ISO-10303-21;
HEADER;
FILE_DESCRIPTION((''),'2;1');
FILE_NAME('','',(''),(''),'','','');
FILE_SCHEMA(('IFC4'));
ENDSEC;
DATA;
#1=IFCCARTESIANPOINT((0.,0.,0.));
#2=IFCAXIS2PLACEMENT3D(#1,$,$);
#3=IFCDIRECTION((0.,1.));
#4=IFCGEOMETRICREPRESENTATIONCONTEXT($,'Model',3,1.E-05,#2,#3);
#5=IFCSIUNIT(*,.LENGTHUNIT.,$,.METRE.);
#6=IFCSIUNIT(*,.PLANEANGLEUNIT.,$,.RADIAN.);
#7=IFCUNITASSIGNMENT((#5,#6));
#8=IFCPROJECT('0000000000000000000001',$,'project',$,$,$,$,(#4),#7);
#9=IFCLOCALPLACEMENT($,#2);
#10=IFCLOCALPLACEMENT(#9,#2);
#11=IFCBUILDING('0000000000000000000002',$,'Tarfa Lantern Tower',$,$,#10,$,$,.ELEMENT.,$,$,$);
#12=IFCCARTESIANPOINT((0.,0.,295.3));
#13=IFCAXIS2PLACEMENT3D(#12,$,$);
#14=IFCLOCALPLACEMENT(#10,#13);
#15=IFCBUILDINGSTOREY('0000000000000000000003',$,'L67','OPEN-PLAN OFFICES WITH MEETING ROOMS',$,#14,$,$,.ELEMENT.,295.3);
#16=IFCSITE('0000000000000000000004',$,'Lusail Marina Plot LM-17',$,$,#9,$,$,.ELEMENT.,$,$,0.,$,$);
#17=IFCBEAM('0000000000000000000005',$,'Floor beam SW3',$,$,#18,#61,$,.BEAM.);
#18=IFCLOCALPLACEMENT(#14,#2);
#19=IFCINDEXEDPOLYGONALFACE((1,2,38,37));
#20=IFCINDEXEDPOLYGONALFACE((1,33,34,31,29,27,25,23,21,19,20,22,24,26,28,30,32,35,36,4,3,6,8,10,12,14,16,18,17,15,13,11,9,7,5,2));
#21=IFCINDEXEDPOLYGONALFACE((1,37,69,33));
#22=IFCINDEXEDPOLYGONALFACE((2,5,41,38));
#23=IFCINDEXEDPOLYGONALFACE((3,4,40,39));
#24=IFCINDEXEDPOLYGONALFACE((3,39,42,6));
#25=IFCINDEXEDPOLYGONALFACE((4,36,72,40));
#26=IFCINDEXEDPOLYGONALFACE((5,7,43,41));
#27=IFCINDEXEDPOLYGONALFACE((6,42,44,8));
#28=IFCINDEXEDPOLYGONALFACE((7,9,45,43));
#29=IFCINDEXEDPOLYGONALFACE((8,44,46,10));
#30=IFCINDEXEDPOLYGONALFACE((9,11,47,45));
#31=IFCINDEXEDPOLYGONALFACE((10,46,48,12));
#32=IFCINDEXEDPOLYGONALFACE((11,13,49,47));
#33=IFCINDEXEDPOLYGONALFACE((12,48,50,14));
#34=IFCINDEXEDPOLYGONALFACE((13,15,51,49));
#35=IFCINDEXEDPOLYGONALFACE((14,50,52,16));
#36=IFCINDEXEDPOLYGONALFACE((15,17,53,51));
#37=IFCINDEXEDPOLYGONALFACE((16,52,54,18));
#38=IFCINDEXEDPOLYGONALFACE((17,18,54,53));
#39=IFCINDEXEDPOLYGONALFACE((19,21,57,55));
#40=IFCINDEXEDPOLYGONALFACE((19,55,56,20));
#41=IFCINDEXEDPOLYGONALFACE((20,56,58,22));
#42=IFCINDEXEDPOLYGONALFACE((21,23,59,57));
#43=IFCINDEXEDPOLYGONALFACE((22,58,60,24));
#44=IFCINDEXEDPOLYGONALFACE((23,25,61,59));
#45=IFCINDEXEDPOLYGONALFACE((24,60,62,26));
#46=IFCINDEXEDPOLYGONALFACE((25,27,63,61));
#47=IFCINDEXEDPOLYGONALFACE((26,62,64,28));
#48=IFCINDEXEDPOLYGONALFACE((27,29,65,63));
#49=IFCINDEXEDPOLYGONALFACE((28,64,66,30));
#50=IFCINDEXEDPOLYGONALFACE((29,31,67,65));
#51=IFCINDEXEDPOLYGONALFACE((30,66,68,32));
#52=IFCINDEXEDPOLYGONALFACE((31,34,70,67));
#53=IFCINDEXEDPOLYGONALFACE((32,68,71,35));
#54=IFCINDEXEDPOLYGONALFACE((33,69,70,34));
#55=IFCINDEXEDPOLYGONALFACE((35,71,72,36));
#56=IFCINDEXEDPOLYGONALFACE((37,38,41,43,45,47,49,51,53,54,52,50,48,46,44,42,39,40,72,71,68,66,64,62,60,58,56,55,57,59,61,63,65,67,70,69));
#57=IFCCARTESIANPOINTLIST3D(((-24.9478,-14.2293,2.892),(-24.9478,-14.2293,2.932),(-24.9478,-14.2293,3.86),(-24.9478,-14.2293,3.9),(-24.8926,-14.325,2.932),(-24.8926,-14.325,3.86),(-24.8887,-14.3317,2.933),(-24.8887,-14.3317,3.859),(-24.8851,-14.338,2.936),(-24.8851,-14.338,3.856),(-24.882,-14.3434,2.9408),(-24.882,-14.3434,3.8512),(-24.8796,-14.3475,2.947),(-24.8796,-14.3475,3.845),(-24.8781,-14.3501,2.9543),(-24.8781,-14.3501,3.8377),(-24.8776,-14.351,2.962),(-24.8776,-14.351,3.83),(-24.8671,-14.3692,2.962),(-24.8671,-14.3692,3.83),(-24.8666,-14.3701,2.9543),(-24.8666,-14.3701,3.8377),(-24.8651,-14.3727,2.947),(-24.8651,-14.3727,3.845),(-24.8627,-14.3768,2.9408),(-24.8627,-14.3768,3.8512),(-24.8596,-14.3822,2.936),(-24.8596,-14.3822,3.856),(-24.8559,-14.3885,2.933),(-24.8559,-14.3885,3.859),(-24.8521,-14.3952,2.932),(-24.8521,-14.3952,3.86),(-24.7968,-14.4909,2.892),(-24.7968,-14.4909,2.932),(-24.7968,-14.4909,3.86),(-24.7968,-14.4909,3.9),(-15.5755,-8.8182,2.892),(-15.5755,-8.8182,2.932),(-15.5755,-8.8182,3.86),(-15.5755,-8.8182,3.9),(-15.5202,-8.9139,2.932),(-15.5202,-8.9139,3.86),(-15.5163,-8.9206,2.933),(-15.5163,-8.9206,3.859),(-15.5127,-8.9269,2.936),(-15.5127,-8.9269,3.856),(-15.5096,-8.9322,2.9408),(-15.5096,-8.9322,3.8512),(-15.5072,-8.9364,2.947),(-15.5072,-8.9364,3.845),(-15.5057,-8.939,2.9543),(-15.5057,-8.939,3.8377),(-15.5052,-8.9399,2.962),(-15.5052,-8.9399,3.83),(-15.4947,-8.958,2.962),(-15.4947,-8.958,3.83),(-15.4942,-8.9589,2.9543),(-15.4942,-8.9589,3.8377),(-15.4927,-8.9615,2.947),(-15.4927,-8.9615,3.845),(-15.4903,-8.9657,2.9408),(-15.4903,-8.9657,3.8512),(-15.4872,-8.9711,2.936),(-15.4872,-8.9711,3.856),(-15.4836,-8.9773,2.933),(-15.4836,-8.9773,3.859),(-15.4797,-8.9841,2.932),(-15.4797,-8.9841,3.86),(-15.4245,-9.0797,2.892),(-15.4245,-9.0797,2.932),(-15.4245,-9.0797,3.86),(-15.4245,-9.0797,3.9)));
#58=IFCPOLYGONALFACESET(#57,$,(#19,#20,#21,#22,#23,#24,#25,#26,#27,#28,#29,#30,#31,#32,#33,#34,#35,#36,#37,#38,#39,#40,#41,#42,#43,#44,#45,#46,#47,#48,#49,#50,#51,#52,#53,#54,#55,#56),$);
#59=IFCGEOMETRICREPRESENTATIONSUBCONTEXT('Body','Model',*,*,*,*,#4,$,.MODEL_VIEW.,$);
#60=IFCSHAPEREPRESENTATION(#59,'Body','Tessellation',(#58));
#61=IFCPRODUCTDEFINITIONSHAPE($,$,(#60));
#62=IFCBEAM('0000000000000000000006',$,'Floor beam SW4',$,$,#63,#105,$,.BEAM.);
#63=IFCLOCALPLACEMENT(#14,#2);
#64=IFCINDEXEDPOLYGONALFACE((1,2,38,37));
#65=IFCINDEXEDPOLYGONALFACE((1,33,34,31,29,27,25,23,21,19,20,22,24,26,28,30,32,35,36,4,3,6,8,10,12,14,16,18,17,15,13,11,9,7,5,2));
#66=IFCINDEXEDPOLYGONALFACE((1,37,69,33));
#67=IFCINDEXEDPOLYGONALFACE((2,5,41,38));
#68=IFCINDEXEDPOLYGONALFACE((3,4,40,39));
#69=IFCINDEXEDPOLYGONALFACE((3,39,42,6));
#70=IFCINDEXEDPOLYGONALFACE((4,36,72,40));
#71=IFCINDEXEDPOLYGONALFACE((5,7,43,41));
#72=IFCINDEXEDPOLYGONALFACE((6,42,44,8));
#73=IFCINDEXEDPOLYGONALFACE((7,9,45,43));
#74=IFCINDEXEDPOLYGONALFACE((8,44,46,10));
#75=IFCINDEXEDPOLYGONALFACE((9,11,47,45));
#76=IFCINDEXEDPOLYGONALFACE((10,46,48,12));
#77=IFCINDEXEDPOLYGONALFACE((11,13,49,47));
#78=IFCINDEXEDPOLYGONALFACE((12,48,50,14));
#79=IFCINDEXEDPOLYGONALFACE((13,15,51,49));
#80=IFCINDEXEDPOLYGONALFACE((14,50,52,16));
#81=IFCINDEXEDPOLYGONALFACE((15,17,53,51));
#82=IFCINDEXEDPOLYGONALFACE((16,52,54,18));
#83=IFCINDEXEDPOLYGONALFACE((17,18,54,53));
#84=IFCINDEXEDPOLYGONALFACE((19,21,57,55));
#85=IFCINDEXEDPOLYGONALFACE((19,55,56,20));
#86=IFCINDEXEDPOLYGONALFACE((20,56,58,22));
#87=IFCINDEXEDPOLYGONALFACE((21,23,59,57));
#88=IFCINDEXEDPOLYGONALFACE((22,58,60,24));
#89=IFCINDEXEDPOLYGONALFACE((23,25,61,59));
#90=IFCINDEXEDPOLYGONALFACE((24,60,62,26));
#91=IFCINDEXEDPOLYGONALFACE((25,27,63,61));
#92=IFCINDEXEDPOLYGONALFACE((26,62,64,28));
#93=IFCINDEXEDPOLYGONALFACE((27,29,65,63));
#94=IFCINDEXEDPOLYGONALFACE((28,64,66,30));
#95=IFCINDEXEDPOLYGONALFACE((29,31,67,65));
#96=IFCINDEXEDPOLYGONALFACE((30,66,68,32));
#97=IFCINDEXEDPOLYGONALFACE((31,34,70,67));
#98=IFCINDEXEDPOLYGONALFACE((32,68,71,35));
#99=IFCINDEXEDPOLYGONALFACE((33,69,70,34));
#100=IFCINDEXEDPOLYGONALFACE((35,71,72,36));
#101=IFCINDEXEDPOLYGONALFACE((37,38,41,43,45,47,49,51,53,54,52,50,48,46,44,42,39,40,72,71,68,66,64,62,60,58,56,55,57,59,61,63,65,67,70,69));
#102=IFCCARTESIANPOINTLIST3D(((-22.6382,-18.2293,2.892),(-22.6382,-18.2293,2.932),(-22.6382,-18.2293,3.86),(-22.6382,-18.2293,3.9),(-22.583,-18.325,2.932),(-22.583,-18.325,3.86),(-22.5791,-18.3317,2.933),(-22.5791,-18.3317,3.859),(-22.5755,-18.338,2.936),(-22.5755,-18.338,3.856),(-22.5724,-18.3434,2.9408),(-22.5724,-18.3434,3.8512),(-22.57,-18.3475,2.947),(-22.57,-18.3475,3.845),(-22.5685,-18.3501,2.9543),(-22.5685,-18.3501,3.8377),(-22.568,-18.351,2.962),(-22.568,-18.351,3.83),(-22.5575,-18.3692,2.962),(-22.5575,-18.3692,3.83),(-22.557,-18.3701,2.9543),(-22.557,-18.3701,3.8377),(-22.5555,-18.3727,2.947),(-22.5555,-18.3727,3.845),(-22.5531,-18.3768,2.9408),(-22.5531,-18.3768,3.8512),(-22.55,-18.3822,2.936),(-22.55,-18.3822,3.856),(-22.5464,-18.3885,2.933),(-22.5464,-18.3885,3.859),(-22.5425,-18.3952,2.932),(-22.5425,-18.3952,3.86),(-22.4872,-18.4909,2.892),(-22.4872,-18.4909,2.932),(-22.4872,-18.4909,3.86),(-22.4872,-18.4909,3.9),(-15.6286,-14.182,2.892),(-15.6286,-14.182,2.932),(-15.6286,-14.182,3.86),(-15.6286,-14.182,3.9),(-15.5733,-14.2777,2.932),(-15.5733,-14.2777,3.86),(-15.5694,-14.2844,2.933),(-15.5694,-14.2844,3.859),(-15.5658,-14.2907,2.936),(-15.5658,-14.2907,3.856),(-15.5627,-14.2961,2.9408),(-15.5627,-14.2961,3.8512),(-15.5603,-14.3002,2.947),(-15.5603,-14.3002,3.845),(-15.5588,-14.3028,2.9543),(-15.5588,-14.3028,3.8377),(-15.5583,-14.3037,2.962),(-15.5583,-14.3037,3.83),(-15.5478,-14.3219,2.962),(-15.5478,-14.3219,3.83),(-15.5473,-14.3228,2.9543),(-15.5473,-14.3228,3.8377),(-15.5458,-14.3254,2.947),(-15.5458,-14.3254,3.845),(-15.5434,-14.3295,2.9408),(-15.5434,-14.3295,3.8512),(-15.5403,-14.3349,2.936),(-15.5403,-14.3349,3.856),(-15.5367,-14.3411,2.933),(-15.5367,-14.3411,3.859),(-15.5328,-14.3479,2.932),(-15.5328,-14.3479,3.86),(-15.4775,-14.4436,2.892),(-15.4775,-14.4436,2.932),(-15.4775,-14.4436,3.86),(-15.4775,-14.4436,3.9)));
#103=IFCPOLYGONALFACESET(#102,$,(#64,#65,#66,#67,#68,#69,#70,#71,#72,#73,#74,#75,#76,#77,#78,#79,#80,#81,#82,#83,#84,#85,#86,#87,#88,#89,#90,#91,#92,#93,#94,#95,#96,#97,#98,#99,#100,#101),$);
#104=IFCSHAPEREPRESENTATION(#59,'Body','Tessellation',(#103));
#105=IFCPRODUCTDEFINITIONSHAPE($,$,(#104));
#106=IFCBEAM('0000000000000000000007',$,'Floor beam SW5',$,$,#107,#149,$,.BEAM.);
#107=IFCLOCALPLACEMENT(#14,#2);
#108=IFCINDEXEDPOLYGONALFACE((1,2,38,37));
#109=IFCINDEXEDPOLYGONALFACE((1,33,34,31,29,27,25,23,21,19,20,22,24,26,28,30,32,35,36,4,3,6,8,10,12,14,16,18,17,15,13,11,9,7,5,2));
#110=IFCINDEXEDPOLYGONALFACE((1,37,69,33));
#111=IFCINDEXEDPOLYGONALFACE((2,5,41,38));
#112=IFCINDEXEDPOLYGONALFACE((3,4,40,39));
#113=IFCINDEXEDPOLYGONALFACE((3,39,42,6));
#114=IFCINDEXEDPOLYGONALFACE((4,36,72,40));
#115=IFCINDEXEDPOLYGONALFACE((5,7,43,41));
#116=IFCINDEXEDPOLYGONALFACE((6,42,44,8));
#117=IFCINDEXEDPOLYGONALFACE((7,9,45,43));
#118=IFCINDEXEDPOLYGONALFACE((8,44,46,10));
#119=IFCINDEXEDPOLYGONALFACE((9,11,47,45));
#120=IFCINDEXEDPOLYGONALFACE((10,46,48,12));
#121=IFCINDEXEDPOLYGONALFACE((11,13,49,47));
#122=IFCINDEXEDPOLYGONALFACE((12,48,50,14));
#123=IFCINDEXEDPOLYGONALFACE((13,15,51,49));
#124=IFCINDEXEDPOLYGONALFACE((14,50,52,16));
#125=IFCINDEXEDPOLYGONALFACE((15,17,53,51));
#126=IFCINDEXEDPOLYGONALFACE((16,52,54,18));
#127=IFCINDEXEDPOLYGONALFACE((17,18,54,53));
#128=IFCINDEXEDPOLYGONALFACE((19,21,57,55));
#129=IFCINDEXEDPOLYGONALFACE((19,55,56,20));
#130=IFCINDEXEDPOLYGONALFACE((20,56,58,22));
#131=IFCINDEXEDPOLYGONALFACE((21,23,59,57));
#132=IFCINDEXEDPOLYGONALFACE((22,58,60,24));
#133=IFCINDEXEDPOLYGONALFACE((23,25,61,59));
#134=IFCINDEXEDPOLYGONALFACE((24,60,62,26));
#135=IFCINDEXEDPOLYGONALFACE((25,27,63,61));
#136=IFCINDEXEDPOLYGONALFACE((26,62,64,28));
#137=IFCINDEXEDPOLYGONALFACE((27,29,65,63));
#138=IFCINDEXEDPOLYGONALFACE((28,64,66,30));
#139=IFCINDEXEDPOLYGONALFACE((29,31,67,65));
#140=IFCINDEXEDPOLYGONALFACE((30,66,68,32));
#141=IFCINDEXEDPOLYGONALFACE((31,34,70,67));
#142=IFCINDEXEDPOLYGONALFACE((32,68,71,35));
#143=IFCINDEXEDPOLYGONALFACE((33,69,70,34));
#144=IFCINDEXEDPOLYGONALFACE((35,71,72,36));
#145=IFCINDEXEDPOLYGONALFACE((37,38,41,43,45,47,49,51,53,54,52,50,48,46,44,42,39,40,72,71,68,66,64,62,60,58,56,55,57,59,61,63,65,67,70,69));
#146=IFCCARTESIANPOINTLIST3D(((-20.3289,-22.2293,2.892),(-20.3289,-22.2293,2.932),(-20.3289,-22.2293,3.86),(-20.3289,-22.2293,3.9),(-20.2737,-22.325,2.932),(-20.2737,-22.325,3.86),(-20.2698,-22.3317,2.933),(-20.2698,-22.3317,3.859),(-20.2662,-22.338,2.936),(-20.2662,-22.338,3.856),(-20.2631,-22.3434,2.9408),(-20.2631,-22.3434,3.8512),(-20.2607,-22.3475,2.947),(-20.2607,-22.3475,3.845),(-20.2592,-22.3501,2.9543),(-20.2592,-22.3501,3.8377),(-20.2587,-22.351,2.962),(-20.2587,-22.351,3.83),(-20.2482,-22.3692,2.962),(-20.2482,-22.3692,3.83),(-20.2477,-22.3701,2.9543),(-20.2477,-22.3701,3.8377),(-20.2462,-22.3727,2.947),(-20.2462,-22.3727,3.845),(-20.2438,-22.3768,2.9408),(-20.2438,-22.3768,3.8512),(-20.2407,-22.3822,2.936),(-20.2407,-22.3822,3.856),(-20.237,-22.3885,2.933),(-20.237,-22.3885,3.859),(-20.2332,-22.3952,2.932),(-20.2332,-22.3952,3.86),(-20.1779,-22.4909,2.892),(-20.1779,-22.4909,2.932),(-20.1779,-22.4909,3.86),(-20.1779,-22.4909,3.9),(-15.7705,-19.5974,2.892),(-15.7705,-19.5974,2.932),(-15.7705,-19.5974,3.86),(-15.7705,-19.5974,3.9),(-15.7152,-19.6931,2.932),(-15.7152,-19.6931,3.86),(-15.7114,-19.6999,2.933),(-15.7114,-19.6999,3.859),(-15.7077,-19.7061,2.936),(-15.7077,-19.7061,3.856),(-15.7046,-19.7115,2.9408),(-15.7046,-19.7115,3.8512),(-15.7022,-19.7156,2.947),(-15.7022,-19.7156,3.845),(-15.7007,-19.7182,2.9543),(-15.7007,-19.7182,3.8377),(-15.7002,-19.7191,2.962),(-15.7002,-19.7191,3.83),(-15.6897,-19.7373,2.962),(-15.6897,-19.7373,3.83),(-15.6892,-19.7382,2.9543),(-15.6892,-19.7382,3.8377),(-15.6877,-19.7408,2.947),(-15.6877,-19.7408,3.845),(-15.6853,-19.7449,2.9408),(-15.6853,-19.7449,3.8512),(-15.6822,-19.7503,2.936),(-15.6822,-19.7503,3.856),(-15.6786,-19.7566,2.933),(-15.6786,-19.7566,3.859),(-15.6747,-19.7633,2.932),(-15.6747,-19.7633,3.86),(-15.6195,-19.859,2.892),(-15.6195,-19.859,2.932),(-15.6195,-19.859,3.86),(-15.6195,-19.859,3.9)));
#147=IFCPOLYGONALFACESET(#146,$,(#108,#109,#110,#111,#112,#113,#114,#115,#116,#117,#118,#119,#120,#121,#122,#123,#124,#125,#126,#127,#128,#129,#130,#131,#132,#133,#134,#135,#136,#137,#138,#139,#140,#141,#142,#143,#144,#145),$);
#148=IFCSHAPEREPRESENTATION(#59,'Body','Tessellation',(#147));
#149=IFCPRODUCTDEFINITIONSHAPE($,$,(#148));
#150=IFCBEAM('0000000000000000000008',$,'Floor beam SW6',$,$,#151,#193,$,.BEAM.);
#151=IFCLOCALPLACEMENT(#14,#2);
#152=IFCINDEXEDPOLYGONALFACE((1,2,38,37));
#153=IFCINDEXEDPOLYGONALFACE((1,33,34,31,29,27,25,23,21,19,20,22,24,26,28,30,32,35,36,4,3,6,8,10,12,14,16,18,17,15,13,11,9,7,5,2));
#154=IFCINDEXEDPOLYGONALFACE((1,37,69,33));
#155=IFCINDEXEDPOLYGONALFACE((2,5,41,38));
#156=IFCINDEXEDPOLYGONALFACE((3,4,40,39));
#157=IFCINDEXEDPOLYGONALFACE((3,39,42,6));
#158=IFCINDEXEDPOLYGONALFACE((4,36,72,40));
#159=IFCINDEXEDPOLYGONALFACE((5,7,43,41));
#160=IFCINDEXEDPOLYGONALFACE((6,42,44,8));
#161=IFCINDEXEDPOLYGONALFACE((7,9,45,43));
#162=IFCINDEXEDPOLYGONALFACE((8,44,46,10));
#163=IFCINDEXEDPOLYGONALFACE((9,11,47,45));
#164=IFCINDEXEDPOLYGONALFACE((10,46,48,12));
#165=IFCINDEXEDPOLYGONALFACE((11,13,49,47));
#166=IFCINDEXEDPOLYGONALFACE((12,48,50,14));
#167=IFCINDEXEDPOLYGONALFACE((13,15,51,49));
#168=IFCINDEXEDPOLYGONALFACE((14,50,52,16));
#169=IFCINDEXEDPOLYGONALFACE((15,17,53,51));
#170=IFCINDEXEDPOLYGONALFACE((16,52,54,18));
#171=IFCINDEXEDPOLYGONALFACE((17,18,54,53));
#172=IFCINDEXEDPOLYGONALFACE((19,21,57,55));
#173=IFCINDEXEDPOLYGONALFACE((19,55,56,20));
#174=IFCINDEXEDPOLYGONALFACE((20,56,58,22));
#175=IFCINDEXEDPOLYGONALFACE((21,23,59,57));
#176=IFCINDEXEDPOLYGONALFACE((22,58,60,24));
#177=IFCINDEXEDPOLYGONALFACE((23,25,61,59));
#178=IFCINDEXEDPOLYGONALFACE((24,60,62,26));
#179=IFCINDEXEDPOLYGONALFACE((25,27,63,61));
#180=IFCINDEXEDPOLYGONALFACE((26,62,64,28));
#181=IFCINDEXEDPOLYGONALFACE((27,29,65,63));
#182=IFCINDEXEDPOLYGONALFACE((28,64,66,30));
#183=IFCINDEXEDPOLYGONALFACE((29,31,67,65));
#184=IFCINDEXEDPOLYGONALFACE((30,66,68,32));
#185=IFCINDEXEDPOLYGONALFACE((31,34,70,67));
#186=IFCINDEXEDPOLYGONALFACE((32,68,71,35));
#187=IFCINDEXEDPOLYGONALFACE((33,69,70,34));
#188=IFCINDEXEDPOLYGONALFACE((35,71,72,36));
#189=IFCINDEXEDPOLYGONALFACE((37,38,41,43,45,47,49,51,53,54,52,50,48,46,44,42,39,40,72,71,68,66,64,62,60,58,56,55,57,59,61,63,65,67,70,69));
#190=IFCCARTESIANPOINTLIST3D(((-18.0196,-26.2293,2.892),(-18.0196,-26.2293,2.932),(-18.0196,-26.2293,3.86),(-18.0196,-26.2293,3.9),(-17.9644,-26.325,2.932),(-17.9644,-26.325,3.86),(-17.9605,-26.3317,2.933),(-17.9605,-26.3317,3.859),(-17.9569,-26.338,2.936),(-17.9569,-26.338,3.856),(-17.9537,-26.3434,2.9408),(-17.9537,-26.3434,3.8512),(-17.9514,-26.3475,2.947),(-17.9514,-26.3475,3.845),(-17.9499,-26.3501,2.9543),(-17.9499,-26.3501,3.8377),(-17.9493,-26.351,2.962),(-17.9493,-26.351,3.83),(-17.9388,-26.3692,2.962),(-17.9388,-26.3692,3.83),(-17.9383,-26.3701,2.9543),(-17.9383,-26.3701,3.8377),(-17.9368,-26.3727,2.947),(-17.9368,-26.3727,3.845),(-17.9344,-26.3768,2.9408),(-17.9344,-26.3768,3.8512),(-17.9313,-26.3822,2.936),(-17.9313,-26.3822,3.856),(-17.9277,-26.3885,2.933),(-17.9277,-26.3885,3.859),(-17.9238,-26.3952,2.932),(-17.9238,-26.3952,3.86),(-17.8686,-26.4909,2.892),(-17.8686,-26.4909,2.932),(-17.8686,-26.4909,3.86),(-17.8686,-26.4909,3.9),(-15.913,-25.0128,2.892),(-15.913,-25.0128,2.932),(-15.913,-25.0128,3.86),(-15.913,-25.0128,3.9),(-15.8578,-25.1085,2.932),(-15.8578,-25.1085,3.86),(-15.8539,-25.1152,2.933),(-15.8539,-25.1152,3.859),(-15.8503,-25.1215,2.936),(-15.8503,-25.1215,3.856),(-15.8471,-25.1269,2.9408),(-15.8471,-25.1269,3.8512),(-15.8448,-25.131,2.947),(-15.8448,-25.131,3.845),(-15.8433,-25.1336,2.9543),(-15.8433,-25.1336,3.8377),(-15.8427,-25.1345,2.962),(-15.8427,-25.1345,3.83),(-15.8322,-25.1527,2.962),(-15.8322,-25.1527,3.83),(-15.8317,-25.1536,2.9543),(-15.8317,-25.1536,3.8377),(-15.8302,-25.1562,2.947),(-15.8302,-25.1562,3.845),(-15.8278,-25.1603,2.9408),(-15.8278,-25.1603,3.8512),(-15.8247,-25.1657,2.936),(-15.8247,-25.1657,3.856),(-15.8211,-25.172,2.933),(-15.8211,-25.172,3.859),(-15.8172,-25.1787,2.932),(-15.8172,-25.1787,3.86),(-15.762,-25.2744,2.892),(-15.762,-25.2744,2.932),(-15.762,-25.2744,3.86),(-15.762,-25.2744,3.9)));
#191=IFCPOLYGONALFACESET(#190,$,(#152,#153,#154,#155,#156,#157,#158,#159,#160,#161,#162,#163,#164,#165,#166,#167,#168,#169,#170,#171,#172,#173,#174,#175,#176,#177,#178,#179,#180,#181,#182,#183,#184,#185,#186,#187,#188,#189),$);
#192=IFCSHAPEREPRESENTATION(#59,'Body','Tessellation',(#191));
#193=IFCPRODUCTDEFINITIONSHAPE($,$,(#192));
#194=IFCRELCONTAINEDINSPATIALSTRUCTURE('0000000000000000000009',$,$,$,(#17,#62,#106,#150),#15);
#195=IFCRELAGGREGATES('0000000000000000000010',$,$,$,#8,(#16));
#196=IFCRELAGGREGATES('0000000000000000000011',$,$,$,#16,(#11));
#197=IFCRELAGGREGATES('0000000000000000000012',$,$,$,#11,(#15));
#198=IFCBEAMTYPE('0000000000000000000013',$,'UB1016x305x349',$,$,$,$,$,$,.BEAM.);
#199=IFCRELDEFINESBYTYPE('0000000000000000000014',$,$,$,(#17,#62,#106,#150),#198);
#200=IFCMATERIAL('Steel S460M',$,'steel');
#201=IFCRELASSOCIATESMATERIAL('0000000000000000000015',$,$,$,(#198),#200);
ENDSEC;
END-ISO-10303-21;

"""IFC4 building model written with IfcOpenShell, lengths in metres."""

from ifc_helpers import new_model, si_unit, direction, frame, origin, origin_2d, place, context, subcontext, project, spatial, i_section, extrude, material, material_profile, profile_set, type_object, element, save


model = new_model("IFC4")

# Units and contexts
model_context = context("Model", 3, precision=1e-05, world=origin(), true_north=direction((0.0, 1.0)))
body_context = subcontext(model_context, "Body", "Model", "MODEL_VIEW")
ifc_project = project(units=[si_unit("LENGTHUNIT", "METRE"), si_unit("PLANEANGLEUNIT", "RADIAN")], contexts=[model_context])

# Site, building, storey
site_placement = place(None, origin())
site = spatial("IfcSite", under=ifc_project, at=site_placement, Name="Lusail Marina Plot LM-17", CompositionType="ELEMENT", RefElevation=0.0)
building_placement = place(site_placement, origin())
building = spatial("IfcBuilding", under=site, at=building_placement, Name="Tarfa Lantern Tower", CompositionType="ELEMENT")
storey_placement = place(building_placement, frame((0.0, 0.0, 295.3)))
storey = spatial("IfcBuildingStorey", under=building, at=storey_placement, Name="L67", Description="OPEN-PLAN OFFICES WITH MEETING ROOMS", CompositionType="ELEMENT", Elevation=295.3)

# Beams
ifc_material_1 = material(Name="Steel S460M", Category="steel")
ifc_material_profile_1 = material_profile(ifc_material_1, i_section(OverallWidth=0.302, OverallDepth=1.0081, WebThickness=0.021, FlangeThickness=0.04, FilletRadius=0.03, at=origin_2d()), Name="UB1016x305x349")
ifc_profile_set_1 = profile_set([ifc_material_profile_1], Name="Steel S460M")
beam_type_1 = type_object("IfcBeamType", Name="UB1016x305x349", PredefinedType="BEAM", material=ifc_profile_set_1)
beam_1_placement = place(storey_placement, frame((-24.8723, -14.3601, 3.396), z_axis=(0.866024, 0.500002, 0.0), x_axis=(-0.500002, 0.866024, 0.0)))
element("IfcBeam", 1, at=beam_1_placement, inside=storey, type_object=beam_type_1, Name="Floor beam SW3", PredefinedType="BEAM", context=body_context, shape_type="SweptSolid", body=[
    extrude(i_section(OverallWidth=0.302, OverallDepth=1.0081, WebThickness=0.021, FlangeThickness=0.04, FilletRadius=0.03, at=origin_2d()), origin(), (0.0, 0.0, 1.0), 10.8223),
])
beam_2_placement = place(storey_placement, frame((-22.5627, -18.3601, 3.396), z_axis=(0.866011, 0.500025, 0.0), x_axis=(-0.500025, 0.866011, 0.0)))
element("IfcBeam", 2, at=beam_2_placement, inside=storey, type_object=beam_type_1, Name="Floor beam SW4", PredefinedType="BEAM", context=body_context, shape_type="SweptSolid", body=[
    extrude(i_section(OverallWidth=0.302, OverallDepth=1.0081, WebThickness=0.021, FlangeThickness=0.04, FilletRadius=0.03, at=origin_2d()), origin(), (0.0, 0.0, 1.0), 8.0942),
])
beam_3_placement = place(storey_placement, frame((-20.2534, -22.3601, 3.396), z_axis=(0.86602, 0.50001, 0.0), x_axis=(-0.50001, 0.86602, 0.0)))
element("IfcBeam", 3, at=beam_3_placement, inside=storey, type_object=beam_type_1, Name="Floor beam SW5", PredefinedType="BEAM", context=body_context, shape_type="SweptSolid", body=[
    extrude(i_section(OverallWidth=0.302, OverallDepth=1.0081, WebThickness=0.021, FlangeThickness=0.04, FilletRadius=0.03, at=origin_2d()), origin(), (0.0, 0.0, 1.0), 5.2637),
])
beam_4_placement = place(storey_placement, frame((-17.9441, -26.3601, 3.396), z_axis=(0.86598, 0.500079, 0.0), x_axis=(-0.500079, 0.86598, 0.0)))
element("IfcBeam", 4, at=beam_4_placement, inside=storey, type_object=beam_type_1, Name="Floor beam SW6", PredefinedType="BEAM", context=body_context, shape_type="SweptSolid", body=[
    extrude(i_section(OverallWidth=0.302, OverallDepth=1.0081, WebThickness=0.021, FlangeThickness=0.04, FilletRadius=0.03, at=origin_2d()), origin(), (0.0, 0.0, 1.0), 2.4326),
])

save(model, "model.ifc")
